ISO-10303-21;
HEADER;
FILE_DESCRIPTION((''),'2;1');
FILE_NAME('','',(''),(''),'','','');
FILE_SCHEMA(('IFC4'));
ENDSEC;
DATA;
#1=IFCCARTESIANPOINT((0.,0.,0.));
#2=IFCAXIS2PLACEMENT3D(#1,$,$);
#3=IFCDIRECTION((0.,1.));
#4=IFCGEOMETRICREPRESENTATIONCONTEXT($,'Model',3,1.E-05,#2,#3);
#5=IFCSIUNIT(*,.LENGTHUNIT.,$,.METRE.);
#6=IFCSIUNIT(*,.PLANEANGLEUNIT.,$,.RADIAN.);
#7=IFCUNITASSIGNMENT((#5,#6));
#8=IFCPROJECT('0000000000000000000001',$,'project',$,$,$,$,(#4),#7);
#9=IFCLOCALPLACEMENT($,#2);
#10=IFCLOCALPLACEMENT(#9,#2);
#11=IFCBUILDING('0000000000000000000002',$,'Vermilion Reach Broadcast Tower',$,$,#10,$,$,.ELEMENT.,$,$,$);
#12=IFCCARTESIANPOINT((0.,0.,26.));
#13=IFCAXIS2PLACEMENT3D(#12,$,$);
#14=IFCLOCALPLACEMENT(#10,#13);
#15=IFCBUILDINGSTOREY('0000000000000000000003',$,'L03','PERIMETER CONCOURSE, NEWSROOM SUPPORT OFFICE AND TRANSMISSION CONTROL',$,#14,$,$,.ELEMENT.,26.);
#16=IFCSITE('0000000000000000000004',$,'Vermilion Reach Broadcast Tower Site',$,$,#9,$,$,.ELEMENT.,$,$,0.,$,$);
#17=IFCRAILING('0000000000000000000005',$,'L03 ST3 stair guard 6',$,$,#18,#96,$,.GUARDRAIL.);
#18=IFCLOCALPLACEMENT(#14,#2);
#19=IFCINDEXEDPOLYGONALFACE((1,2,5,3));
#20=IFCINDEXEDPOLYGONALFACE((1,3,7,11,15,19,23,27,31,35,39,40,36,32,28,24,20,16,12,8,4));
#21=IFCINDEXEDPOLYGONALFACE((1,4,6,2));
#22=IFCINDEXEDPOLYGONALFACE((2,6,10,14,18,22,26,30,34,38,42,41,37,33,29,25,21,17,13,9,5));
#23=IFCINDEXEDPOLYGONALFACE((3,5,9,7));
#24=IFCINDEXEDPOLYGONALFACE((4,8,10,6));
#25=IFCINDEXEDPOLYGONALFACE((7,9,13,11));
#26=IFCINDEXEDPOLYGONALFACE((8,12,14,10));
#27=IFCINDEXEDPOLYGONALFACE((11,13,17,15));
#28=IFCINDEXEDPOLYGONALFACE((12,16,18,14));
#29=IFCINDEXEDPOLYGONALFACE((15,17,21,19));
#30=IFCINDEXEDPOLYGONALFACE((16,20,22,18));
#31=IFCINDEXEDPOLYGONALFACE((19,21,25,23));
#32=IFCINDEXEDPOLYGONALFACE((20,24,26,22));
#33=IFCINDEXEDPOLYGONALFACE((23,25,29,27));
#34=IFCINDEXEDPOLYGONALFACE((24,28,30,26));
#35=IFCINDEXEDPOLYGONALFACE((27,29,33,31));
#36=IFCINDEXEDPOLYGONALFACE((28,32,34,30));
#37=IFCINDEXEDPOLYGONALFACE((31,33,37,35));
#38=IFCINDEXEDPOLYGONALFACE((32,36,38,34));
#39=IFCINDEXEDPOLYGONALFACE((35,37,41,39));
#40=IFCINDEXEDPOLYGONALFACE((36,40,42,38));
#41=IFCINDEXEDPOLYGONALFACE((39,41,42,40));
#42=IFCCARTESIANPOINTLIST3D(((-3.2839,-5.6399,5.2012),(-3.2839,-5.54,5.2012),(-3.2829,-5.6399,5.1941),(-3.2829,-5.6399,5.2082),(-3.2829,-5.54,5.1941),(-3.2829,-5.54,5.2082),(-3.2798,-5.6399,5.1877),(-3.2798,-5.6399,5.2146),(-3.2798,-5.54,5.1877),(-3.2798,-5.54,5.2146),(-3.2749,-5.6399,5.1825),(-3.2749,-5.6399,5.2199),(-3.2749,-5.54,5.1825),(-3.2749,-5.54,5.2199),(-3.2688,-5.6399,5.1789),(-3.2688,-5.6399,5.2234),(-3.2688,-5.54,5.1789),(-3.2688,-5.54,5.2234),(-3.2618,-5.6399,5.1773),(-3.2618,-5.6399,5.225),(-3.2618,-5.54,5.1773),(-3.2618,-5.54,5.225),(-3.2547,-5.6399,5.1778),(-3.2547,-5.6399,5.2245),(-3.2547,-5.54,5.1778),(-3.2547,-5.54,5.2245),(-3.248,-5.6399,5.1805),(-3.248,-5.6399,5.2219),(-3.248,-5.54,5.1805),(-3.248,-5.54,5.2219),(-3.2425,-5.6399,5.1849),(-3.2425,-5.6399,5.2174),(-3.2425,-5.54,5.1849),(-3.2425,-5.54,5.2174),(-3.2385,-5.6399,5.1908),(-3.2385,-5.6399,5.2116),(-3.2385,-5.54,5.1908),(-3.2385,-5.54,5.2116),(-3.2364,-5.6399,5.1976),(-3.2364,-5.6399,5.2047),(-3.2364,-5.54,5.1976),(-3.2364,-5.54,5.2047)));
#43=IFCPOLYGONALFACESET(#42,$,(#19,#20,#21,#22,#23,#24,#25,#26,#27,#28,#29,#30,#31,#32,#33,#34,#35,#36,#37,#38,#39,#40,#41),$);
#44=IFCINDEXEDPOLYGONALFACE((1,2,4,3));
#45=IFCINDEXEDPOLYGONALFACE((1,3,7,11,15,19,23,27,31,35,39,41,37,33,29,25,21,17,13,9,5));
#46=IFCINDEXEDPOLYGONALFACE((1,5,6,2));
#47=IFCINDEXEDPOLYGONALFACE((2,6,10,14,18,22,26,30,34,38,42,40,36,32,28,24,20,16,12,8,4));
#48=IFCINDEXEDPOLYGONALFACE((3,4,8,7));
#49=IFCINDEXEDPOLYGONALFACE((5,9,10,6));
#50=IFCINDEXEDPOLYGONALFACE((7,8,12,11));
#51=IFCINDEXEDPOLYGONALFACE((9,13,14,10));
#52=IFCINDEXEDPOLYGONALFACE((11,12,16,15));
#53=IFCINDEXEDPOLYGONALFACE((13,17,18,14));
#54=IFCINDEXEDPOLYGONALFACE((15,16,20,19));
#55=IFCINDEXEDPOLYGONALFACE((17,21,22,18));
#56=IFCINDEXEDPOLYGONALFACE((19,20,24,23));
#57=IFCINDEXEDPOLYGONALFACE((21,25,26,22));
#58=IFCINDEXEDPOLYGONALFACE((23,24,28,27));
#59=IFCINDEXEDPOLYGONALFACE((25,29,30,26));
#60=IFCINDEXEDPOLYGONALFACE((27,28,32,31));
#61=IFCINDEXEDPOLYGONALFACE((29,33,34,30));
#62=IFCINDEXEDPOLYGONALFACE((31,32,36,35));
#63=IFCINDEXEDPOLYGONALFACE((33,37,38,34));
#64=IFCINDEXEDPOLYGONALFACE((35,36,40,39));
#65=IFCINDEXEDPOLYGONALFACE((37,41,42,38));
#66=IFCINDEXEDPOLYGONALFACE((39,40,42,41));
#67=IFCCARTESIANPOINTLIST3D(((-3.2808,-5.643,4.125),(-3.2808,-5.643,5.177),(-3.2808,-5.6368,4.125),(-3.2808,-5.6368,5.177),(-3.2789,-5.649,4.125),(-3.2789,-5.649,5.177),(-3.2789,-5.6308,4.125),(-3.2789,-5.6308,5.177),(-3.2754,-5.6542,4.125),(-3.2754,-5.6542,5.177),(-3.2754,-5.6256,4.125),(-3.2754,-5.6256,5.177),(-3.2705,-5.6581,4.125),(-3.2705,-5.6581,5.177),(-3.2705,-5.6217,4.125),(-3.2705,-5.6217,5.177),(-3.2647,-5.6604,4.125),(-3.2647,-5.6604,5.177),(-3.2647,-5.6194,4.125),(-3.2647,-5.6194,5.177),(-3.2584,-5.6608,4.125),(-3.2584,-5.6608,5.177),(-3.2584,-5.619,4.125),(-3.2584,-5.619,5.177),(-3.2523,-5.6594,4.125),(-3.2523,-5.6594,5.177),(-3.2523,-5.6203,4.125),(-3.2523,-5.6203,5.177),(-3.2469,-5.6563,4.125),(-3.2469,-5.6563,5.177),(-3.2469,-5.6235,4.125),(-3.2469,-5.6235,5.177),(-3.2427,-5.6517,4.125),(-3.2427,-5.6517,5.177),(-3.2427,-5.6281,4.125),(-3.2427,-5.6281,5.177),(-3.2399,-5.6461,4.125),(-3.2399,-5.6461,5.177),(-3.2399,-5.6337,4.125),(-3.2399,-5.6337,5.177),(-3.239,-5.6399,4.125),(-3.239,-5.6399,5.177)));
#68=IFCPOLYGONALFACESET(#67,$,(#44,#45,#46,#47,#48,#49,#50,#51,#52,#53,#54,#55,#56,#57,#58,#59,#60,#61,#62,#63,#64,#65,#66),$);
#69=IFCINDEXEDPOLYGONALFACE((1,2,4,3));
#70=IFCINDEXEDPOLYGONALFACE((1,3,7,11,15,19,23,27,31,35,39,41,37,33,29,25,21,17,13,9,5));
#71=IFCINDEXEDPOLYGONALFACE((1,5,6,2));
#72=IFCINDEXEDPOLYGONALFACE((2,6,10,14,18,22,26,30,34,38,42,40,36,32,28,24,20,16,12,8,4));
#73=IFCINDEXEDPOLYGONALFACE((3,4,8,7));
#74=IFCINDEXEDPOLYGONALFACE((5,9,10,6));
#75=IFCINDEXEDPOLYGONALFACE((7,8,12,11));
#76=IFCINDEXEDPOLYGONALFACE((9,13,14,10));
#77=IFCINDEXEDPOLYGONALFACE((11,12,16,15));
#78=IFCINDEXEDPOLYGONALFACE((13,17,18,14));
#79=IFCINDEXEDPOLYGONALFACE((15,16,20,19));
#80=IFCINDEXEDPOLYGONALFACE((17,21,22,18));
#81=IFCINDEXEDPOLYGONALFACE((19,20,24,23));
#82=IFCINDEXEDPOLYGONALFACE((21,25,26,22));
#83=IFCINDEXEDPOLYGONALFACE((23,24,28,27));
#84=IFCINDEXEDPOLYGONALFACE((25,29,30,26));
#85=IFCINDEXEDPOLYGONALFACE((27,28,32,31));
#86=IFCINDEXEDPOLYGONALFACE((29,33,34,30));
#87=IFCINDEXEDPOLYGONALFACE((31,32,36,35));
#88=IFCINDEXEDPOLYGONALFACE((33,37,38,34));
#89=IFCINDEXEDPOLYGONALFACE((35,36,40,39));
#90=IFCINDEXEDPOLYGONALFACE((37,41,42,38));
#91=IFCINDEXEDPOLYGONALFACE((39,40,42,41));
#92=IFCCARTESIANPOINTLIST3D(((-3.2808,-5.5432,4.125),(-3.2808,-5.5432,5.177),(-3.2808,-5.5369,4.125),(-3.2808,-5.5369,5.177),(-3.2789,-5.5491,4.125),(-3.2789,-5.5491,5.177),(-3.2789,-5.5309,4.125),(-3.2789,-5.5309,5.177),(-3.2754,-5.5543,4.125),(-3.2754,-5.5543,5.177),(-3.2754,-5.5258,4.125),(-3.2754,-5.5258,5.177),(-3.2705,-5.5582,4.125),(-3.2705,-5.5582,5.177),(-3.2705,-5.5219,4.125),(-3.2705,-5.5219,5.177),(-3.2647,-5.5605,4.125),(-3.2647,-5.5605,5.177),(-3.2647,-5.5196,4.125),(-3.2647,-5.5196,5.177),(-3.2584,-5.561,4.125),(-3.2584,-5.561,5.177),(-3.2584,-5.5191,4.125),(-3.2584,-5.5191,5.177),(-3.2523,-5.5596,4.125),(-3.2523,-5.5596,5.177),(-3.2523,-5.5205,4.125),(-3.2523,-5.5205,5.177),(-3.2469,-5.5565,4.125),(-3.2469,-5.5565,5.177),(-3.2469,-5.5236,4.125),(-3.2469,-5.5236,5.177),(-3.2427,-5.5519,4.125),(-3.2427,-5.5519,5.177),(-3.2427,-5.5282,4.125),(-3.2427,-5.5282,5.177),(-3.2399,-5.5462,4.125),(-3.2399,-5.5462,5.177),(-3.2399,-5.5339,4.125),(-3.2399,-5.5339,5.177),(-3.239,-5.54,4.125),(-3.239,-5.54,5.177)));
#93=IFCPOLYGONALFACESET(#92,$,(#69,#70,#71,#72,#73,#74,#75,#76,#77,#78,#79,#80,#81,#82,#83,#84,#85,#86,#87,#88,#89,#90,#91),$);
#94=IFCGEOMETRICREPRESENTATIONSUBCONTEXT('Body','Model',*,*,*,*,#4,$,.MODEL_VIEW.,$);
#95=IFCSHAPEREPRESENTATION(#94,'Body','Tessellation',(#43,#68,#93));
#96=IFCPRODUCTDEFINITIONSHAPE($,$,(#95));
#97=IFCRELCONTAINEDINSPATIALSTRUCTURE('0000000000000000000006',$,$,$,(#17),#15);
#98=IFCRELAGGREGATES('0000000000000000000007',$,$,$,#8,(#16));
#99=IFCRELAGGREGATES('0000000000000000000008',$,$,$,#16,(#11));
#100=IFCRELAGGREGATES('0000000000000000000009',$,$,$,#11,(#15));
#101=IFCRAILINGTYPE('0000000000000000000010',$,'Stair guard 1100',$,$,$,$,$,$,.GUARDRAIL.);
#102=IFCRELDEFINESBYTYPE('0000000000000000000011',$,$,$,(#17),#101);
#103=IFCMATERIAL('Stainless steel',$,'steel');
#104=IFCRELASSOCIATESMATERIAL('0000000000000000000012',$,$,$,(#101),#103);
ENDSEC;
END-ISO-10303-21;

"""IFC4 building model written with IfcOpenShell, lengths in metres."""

from ifc_helpers import new_model, si_unit, direction, frame, origin, origin_2d, place, context, subcontext, project, spatial, circle, extrude, material, type_object, element, save


model = new_model("IFC4")

# Units and contexts
model_context = context("Model", 3, precision=1e-05, world=origin(), true_north=direction((0.0, 1.0)))
body_context = subcontext(model_context, "Body", "Model", "MODEL_VIEW")
ifc_project = project(units=[si_unit("LENGTHUNIT", "METRE"), si_unit("PLANEANGLEUNIT", "RADIAN")], contexts=[model_context])

# Site, building, storey
site_placement = place(None, origin())
site = spatial("IfcSite", under=ifc_project, at=site_placement, Name="Vermilion Reach Broadcast Tower Site", CompositionType="ELEMENT", RefElevation=0.0)
building_placement = place(site_placement, origin())
building = spatial("IfcBuilding", under=site, at=building_placement, Name="Vermilion Reach Broadcast Tower", CompositionType="ELEMENT")
storey_placement = place(building_placement, frame((0.0, 0.0, 26.0)))
storey = spatial("IfcBuildingStorey", under=building, at=storey_placement, Name="L03", Description="PERIMETER CONCOURSE, NEWSROOM SUPPORT OFFICE AND TRANSMISSION CONTROL", CompositionType="ELEMENT", Elevation=26.0)

# Railing
ifc_material_1 = material(Name="Stainless steel", Category="steel")
railing_type_1 = type_object("IfcRailingType", Name="Stair guard 1100", PredefinedType="GUARDRAIL", material=ifc_material_1)
railing_1_placement = place(storey_placement, frame((-3.26, -5.6399, 4.125)))
element("IfcRailing", 1, at=railing_1_placement, inside=storey, type_object=railing_type_1, Name="L03 ST3 stair guard 6", PredefinedType="GUARDRAIL", context=body_context, shape_type="SweptSolid", body=[
    extrude(circle(Radius=0.0239, at=origin_2d()), frame((0.0, 0.0, 1.0762), z_axis=(0.0, 1.0, 0.0), x_axis=(-1.0, 0.0, 0.0)), (0.0, 0.0, 1.0), 0.0999),
    extrude(circle(Radius=0.021, at=origin_2d()), origin(), (0.0, 0.0, 1.0), 1.052),
    extrude(circle(Radius=0.021, at=origin_2d()), frame((0.0, 0.0999, 0.0)), (0.0, 0.0, 1.0), 1.052),
])

save(model, "model.ifc")
